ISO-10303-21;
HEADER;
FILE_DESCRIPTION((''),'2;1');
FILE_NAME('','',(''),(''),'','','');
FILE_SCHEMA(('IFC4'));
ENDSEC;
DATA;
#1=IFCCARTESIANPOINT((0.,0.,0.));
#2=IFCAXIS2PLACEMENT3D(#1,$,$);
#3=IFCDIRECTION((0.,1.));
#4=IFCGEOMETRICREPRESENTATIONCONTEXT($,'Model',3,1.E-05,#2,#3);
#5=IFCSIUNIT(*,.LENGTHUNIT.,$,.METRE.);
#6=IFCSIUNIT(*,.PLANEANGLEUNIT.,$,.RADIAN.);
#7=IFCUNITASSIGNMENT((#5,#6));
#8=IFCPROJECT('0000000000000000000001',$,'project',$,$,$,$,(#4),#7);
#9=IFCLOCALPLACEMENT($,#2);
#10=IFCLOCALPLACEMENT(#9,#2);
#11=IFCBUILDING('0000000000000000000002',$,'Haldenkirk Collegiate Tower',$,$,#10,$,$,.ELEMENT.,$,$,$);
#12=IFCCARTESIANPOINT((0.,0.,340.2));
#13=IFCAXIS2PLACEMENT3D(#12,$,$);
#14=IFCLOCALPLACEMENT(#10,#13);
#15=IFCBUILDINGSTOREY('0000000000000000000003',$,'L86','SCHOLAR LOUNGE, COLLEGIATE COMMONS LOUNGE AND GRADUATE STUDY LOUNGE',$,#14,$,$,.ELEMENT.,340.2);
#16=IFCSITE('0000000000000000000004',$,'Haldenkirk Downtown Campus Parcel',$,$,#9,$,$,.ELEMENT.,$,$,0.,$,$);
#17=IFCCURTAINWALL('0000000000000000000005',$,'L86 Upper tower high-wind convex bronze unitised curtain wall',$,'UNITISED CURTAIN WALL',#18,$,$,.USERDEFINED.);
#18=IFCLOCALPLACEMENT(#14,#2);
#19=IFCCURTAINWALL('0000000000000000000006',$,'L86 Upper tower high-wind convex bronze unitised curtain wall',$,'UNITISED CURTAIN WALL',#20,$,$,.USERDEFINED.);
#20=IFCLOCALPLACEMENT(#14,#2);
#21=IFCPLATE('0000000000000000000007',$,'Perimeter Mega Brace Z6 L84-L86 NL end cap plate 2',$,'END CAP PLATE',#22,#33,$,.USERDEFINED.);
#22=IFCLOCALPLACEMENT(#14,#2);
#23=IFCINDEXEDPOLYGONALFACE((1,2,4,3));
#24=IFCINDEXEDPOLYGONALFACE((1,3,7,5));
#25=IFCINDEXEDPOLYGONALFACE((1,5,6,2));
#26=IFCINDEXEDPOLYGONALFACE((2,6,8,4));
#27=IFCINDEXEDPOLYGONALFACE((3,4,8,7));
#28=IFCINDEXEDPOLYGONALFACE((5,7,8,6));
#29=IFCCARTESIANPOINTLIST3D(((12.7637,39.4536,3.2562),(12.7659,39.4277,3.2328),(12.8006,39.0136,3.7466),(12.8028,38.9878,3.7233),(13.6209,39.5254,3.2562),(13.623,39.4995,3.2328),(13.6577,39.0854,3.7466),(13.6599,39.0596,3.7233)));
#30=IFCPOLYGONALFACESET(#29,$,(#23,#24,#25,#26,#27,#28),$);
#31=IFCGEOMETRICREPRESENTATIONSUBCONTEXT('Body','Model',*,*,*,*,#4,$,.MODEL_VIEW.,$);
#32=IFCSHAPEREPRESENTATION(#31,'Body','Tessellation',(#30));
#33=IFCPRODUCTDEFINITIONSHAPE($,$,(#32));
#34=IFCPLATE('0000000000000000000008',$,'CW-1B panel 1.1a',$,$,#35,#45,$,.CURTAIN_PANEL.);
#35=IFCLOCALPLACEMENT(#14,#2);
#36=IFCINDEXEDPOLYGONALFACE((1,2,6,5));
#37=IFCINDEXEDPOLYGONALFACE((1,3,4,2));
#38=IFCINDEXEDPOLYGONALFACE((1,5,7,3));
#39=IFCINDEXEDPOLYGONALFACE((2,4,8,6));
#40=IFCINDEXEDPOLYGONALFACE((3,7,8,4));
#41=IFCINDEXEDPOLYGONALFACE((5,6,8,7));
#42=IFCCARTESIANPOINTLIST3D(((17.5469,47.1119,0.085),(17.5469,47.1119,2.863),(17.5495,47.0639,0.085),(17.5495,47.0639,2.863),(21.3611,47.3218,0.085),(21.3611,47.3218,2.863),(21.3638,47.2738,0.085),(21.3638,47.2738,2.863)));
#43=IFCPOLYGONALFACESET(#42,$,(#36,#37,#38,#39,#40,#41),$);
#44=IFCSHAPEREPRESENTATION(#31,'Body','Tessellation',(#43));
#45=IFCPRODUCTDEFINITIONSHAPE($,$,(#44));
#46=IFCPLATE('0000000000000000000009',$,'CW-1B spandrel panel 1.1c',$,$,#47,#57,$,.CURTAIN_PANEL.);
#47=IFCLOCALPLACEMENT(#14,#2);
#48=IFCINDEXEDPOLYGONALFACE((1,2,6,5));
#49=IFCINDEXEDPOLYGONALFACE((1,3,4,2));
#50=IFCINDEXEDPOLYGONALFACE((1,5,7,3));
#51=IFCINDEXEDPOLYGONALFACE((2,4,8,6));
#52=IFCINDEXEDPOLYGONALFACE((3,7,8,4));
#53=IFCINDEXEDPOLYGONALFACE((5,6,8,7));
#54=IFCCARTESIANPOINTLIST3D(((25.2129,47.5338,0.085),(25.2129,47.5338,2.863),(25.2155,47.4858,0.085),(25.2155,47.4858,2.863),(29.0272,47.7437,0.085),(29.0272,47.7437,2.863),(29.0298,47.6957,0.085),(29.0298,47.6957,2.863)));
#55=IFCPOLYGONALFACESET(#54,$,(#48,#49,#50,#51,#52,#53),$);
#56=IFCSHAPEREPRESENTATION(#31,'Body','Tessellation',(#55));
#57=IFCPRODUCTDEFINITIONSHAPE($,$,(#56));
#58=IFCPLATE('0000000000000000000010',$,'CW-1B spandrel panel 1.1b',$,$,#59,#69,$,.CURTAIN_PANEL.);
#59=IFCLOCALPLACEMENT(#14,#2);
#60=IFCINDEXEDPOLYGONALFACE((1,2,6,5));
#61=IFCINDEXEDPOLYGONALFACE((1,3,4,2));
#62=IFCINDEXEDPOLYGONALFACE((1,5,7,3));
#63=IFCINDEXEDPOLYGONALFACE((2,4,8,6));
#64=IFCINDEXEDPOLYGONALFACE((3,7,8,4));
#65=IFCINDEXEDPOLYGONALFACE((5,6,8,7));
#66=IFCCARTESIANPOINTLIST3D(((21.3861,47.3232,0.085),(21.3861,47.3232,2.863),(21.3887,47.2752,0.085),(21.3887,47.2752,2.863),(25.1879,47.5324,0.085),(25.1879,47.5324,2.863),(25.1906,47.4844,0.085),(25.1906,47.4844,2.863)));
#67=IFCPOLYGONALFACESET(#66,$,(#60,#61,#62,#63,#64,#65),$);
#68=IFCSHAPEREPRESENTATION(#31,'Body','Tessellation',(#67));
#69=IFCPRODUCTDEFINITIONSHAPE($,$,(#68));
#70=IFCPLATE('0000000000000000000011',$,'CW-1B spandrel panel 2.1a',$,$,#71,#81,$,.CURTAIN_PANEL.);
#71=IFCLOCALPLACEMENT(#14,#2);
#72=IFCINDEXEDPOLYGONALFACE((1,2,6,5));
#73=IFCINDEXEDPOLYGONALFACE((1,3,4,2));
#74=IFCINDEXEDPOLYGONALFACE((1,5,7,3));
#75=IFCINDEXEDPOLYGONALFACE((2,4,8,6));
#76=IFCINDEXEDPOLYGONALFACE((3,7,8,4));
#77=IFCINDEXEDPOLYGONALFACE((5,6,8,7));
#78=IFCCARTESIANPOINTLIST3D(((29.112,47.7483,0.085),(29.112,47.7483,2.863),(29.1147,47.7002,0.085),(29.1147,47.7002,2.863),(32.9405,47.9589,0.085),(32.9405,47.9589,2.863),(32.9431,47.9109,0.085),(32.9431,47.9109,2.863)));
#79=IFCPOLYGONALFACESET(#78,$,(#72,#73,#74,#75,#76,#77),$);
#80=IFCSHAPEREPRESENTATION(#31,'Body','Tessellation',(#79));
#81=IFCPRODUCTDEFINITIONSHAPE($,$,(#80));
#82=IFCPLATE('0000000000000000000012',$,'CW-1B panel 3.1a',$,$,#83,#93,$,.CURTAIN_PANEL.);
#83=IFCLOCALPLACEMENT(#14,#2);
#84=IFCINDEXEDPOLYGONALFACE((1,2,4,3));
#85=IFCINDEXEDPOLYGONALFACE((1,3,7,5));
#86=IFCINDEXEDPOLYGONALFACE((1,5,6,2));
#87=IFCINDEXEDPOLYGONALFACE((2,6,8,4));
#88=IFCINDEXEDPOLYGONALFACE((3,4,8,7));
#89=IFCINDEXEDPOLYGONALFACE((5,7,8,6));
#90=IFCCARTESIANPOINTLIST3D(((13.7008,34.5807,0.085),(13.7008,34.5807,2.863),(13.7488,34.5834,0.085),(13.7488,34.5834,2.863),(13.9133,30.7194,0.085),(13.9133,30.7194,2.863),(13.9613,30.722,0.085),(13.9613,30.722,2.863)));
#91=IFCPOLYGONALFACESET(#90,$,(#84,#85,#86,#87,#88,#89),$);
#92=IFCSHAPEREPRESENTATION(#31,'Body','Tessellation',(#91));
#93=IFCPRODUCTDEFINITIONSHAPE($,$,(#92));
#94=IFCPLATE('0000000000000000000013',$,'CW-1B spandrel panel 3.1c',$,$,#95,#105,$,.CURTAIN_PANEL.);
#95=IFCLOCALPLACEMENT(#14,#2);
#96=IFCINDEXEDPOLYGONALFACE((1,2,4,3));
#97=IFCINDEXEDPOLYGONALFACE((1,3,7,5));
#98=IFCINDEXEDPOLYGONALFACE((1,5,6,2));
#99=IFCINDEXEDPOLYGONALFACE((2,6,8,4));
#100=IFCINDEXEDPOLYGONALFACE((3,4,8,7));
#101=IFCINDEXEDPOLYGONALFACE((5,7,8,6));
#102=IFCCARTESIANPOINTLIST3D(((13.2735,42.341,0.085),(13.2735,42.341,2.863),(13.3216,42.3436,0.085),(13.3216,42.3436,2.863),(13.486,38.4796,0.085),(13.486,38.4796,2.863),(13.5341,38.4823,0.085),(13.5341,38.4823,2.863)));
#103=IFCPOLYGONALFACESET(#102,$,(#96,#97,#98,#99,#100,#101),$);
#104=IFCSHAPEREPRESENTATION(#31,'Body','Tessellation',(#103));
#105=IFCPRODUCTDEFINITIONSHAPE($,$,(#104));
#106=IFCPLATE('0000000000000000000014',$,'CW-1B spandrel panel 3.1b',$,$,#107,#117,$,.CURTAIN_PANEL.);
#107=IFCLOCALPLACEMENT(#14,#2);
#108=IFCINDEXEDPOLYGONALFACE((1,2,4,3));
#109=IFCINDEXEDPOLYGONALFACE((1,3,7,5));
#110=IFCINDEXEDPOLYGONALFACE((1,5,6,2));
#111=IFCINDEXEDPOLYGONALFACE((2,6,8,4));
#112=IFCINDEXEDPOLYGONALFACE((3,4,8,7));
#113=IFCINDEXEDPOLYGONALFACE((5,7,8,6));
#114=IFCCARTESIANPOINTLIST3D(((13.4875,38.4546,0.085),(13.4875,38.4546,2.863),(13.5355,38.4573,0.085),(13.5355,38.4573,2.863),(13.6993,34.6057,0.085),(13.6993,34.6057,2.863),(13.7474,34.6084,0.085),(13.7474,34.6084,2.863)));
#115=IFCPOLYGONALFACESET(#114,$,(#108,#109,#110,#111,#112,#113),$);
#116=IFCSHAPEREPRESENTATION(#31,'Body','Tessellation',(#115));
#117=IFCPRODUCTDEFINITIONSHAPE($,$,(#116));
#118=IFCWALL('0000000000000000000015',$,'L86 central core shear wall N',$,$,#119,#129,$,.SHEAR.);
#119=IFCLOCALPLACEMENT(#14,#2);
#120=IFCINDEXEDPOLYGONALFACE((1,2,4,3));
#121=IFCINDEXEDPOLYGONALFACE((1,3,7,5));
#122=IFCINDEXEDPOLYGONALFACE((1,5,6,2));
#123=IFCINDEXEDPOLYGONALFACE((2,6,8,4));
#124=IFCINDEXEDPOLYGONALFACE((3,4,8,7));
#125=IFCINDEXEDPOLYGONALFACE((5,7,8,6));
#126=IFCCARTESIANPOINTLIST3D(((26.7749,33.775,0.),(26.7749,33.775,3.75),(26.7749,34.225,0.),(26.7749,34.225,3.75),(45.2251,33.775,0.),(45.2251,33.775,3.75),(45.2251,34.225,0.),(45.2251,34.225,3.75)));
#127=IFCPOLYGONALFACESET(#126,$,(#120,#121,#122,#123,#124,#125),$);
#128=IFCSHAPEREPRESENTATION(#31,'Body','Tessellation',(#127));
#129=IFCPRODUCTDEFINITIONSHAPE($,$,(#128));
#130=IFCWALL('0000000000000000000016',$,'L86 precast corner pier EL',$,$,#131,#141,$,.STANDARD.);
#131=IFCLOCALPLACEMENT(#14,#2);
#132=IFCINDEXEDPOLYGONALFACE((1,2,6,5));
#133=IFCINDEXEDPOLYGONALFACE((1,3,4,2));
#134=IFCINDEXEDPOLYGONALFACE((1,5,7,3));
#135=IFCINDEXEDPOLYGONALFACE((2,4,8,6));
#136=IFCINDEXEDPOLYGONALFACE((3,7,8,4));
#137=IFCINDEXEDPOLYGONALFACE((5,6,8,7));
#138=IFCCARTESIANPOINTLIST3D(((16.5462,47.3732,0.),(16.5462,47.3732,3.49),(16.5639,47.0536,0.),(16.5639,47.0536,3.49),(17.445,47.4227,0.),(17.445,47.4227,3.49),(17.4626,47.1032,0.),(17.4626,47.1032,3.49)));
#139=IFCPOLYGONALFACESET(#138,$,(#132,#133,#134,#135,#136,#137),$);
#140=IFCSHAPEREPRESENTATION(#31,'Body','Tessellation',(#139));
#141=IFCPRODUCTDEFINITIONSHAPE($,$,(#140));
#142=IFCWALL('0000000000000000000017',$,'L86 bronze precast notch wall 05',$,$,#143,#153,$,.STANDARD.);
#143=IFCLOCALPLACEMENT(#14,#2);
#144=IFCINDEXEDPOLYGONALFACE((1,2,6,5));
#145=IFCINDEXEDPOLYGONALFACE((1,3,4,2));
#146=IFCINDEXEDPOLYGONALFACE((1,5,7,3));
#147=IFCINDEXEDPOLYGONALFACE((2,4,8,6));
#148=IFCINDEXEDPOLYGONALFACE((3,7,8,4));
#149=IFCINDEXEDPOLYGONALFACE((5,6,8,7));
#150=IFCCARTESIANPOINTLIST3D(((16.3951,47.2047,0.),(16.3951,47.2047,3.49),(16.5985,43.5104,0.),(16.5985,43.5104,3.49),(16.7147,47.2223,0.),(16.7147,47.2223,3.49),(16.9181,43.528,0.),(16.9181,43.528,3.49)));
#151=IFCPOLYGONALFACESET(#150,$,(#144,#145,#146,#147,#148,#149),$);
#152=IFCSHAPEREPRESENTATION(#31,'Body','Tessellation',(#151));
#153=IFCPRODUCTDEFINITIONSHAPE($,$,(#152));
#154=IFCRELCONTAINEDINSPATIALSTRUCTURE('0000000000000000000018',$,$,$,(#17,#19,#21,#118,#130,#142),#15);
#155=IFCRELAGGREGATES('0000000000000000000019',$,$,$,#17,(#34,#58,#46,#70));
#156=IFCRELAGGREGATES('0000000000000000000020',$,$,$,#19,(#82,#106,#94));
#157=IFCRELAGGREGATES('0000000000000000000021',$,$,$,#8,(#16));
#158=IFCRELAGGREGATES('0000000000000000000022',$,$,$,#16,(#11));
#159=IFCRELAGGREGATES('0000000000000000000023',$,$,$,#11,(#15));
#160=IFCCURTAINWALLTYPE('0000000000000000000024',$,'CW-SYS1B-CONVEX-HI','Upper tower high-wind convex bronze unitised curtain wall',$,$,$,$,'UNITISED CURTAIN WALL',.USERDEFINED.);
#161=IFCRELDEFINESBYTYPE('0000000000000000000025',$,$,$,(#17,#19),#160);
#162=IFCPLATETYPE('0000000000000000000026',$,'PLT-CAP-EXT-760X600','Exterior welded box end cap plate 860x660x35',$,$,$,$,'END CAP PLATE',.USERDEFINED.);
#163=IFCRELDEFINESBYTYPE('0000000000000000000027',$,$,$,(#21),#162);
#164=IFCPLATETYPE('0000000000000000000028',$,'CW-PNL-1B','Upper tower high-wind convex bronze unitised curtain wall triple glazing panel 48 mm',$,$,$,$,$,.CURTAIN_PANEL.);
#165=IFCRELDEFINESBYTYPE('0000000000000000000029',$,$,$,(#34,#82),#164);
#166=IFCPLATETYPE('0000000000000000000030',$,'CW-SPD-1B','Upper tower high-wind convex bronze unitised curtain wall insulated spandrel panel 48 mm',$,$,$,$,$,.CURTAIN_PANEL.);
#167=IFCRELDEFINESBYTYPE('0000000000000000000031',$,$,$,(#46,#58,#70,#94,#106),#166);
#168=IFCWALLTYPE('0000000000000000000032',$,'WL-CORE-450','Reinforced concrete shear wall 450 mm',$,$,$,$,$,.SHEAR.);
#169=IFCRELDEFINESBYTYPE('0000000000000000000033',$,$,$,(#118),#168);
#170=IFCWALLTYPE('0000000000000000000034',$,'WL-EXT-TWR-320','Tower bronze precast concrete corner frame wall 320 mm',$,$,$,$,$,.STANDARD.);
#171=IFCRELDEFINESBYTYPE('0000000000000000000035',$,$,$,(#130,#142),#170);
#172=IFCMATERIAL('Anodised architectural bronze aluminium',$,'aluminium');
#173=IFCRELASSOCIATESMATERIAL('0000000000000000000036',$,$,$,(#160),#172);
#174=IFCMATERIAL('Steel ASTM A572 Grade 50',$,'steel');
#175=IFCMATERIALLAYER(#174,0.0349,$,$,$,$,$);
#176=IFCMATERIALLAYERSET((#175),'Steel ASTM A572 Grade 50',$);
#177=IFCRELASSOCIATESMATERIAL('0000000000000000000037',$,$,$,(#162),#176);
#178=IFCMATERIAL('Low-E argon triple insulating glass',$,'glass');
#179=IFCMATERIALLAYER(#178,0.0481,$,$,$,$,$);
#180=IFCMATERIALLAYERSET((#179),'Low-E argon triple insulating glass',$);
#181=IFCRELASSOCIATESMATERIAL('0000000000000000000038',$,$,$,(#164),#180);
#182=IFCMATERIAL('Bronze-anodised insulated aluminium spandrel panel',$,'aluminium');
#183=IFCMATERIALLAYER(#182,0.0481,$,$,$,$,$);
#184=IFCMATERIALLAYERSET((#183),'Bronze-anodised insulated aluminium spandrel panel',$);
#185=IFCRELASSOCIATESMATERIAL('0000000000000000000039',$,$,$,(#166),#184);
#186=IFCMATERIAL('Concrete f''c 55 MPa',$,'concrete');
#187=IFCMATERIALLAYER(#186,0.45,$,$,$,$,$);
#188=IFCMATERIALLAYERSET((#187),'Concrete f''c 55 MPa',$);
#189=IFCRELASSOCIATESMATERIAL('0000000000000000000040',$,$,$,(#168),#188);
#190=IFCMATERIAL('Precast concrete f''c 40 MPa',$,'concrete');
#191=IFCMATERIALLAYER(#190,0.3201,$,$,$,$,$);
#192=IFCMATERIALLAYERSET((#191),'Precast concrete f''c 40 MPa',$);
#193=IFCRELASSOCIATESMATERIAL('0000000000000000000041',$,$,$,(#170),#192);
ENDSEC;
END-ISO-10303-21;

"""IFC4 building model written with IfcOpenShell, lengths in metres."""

from ifc_helpers import new_model, si_unit, direction, frame, frame_2d, origin, origin_2d, place, context, subcontext, project, spatial, rectangle, extrude, source, transform, mapped, material, layer, layer_set, type_object, element, aggregate, save


model = new_model("IFC4")

# Units and contexts
model_context = context("Model", 3, precision=1e-05, world=origin(), true_north=direction((0.0, 1.0)))
body_context = subcontext(model_context, "Body", "Model", "MODEL_VIEW")
ifc_project = project(units=[si_unit("LENGTHUNIT", "METRE"), si_unit("PLANEANGLEUNIT", "RADIAN")], contexts=[model_context])

# Site, building, storey
site_placement = place(None, origin())
site = spatial("IfcSite", under=ifc_project, at=site_placement, Name="Haldenkirk Downtown Campus Parcel", CompositionType="ELEMENT", RefElevation=0.0)
building_placement = place(site_placement, origin())
building = spatial("IfcBuilding", under=site, at=building_placement, Name="Haldenkirk Collegiate Tower", CompositionType="ELEMENT")
storey_placement = place(building_placement, frame((0.0, 0.0, 340.2)))
storey = spatial("IfcBuildingStorey", under=building, at=storey_placement, Name="L86", Description="SCHOLAR LOUNGE, COLLEGIATE COMMONS LOUNGE AND GRADUATE STUDY LOUNGE", CompositionType="ELEMENT", Elevation=340.2)

# Shared definitions
ifc_material_1 = material(Name="Steel ASTM A572 Grade 50", Category="steel")

# Curtain wall
ifc_material_2 = material(Name="Anodised architectural bronze aluminium", Category="aluminium")
curtain_wall_type = type_object("IfcCurtainWallType", Name="CW-SYS1B-CONVEX-HI", Description="Upper tower high-wind convex bronze unitised curtain wall", ElementType="UNITISED CURTAIN WALL", PredefinedType="USERDEFINED", material=ifc_material_2)
curtain_wall_1_placement = place(storey_placement, origin())
curtain_wall_1 = element("IfcCurtainWall", 1, at=curtain_wall_1_placement, inside=storey, type_object=curtain_wall_type, Name="L86 Upper tower high-wind convex bronze unitised curtain wall", ObjectType="UNITISED CURTAIN WALL", PredefinedType="USERDEFINED")

# Curtain wall
curtain_wall_2_placement = place(storey_placement, origin())
curtain_wall_2 = element("IfcCurtainWall", 2, at=curtain_wall_2_placement, inside=storey, type_object=curtain_wall_type, Name="L86 Upper tower high-wind convex bronze unitised curtain wall", ObjectType="UNITISED CURTAIN WALL", PredefinedType="USERDEFINED")

# Plate
ifc_layer_1 = layer(ifc_material_1, 0.0349)
ifc_layer_set_1 = layer_set([ifc_layer_1], Name="Steel ASTM A572 Grade 50")
plate_type_1 = type_object("IfcPlateType", Name="PLT-CAP-EXT-760X600", Description="Exterior welded box end cap plate 860x660x35", ElementType="END CAP PLATE", PredefinedType="USERDEFINED", material=ifc_layer_set_1)
shared_shape_1 = source(origin(), body_context, "Body", "SweptSolid", [
    extrude(rectangle(XDim=0.8601, YDim=0.6599, at=origin_2d()), origin(), (0.0, 0.0, 1.0), 0.0349),
])
for number, where, z_axis, x_axis, name in (
    (3, (13.2129, 39.2437, 3.478), (-0.062034, 0.740626, 0.669047), (-0.996511, -0.083467, 0.0), "Perimeter Mega Brace Z6 L84-L86 NL end cap plate 2"),
):
    element("IfcPlate", number, at=place(storey_placement, frame(where, z_axis=z_axis, x_axis=x_axis)), inside=storey, type_object=plate_type_1, Name=name, ObjectType="END CAP PLATE", PredefinedType="USERDEFINED", context=body_context, shape_type="MappedRepresentation", body=[
        mapped(shared_shape_1, transform((0.0, 0.0, 0.0), x_axis=(1.0, 0.0, 0.0), y_axis=(0.0, 1.0, 0.0), z_axis=(0.0, 0.0, 1.0), scale=1.0)),
    ])

# Plates
ifc_material_3 = material(Name="Low-E argon triple insulating glass", Category="glass")
ifc_layer_2 = layer(ifc_material_3, 0.0481)
ifc_layer_set_2 = layer_set([ifc_layer_2], Name="Low-E argon triple insulating glass")
plate_type_2 = type_object("IfcPlateType", Name="CW-PNL-1B", Description="Upper tower high-wind convex bronze unitised curtain wall triple glazing panel 48 mm", PredefinedType="CURTAIN_PANEL", material=ifc_layer_set_2)
shared_shape_2 = source(origin(), body_context, "Body", "SweptSolid", [
    extrude(rectangle(XDim=3.8201, YDim=0.0481, at=origin_2d()), origin(), (0.0, 0.0, 1.0), 2.7781),
])
plate_1_placement = place(storey_placement, frame((19.4553, 47.1929, 0.085), z_axis=(0.0, 0.0, 1.0), x_axis=(0.998489, 0.054948, 0.0)))
plate_1 = element("IfcPlate", 4, at=plate_1_placement, type_object=plate_type_2, Name="CW-1B panel 1.1a", PredefinedType="CURTAIN_PANEL", context=body_context, shape_type="MappedRepresentation", body=[
    mapped(shared_shape_2, transform((0.0, 0.0, 0.0), x_axis=(1.0, 0.0, 0.0), y_axis=(0.0, 1.0, 0.0), z_axis=(0.0, 0.0, 1.0), scale=1.0)),
])
ifc_material_4 = material(Name="Bronze-anodised insulated aluminium spandrel panel", Category="aluminium")
ifc_layer_3 = layer(ifc_material_4, 0.0481)
ifc_layer_set_3 = layer_set([ifc_layer_3], Name="Bronze-anodised insulated aluminium spandrel panel")
plate_type_3 = type_object("IfcPlateType", Name="CW-SPD-1B", Description="Upper tower high-wind convex bronze unitised curtain wall insulated spandrel panel 48 mm", PredefinedType="CURTAIN_PANEL", material=ifc_layer_set_3)
plate_2_placement = place(storey_placement, frame((27.1213, 47.6147, 0.085), z_axis=(0.0, 0.0, 1.0), x_axis=(0.998489, 0.054948, 0.0)))
plate_2 = element("IfcPlate", 5, at=plate_2_placement, type_object=plate_type_3, Name="CW-1B spandrel panel 1.1c", PredefinedType="CURTAIN_PANEL", context=body_context, shape_type="MappedRepresentation", body=[
    mapped(shared_shape_2, transform((0.0, 0.0, 0.0), x_axis=(1.0, 0.0, 0.0), y_axis=(0.0, 1.0, 0.0), z_axis=(0.0, 0.0, 1.0), scale=1.0)),
])
shared_shape_3 = source(origin(), body_context, "Body", "SweptSolid", [
    extrude(rectangle(XDim=3.8076, YDim=0.0481, at=origin_2d()), origin(), (0.0, 0.0, 1.0), 2.7781),
])
plate_3_placement = place(storey_placement, frame((23.2883, 47.4038, 0.085), z_axis=(0.0, 0.0, 1.0), x_axis=(0.998489, 0.054948, 0.0)))
plate_3 = element("IfcPlate", 6, at=plate_3_placement, type_object=plate_type_3, Name="CW-1B spandrel panel 1.1b", PredefinedType="CURTAIN_PANEL", context=body_context, shape_type="MappedRepresentation", body=[
    mapped(shared_shape_3, transform((0.0, 0.0, 0.0), x_axis=(1.0, 0.0, 0.0), y_axis=(0.0, 1.0, 0.0), z_axis=(0.0, 0.0, 1.0), scale=1.0)),
])
shared_shape_4 = source(origin(), body_context, "Body", "SweptSolid", [
    extrude(rectangle(XDim=3.8342, YDim=0.0481, at=origin_2d()), origin(), (0.0, 0.0, 1.0), 2.7781),
])
plate_4_placement = place(storey_placement, frame((31.0276, 47.8296, 0.085), z_axis=(0.0, 0.0, 1.0), x_axis=(0.998489, 0.054948, 0.0)))
plate_4 = element("IfcPlate", 7, at=plate_4_placement, type_object=plate_type_3, Name="CW-1B spandrel panel 2.1a", PredefinedType="CURTAIN_PANEL", context=body_context, shape_type="MappedRepresentation", body=[
    mapped(shared_shape_4, transform((0.0, 0.0, 0.0), x_axis=(1.0, 0.0, 0.0), y_axis=(0.0, 1.0, 0.0), z_axis=(0.0, 0.0, 1.0), scale=1.0)),
])
aggregate(curtain_wall_1, [plate_1, plate_3, plate_2, plate_4])
shared_shape_5 = source(origin(), body_context, "Body", "SweptSolid", [
    extrude(rectangle(XDim=3.8672, YDim=0.0481, at=origin_2d()), origin(), (0.0, 0.0, 1.0), 2.7781),
])
plate_5_placement = place(storey_placement, frame((13.8311, 32.6514, 0.085), z_axis=(0.0, 0.0, 1.0), x_axis=(-0.054949, 0.998489, 0.0)))
plate_5 = element("IfcPlate", 8, at=plate_5_placement, type_object=plate_type_2, Name="CW-1B panel 3.1a", PredefinedType="CURTAIN_PANEL", context=body_context, shape_type="MappedRepresentation", body=[
    mapped(shared_shape_5, transform((0.0, 0.0, 0.0), x_axis=(1.0, 0.0, 0.0), y_axis=(0.0, 1.0, 0.0), z_axis=(0.0, 0.0, 1.0), scale=1.0)),
])
plate_6_placement = place(storey_placement, frame((13.4038, 40.4116, 0.085), z_axis=(0.0, 0.0, 1.0), x_axis=(-0.054949, 0.998489, 0.0)))
plate_6 = element("IfcPlate", 9, at=plate_6_placement, type_object=plate_type_3, Name="CW-1B spandrel panel 3.1c", PredefinedType="CURTAIN_PANEL", context=body_context, shape_type="MappedRepresentation", body=[
    mapped(shared_shape_5, transform((0.0, 0.0, 0.0), x_axis=(1.0, 0.0, 0.0), y_axis=(0.0, 1.0, 0.0), z_axis=(0.0, 0.0, 1.0), scale=1.0)),
])
shared_shape_6 = source(origin(), body_context, "Body", "SweptSolid", [
    extrude(rectangle(XDim=3.8547, YDim=0.0481, at=origin_2d()), origin(), (0.0, 0.0, 1.0), 2.7781),
])
plate_7_placement = place(storey_placement, frame((13.6174, 36.5315, 0.085), z_axis=(0.0, 0.0, 1.0), x_axis=(-0.054949, 0.998489, 0.0)))
plate_7 = element("IfcPlate", 10, at=plate_7_placement, type_object=plate_type_3, Name="CW-1B spandrel panel 3.1b", PredefinedType="CURTAIN_PANEL", context=body_context, shape_type="MappedRepresentation", body=[
    mapped(shared_shape_6, transform((0.0, 0.0, 0.0), x_axis=(1.0, 0.0, 0.0), y_axis=(0.0, 1.0, 0.0), z_axis=(0.0, 0.0, 1.0), scale=1.0)),
])
aggregate(curtain_wall_2, [plate_5, plate_7, plate_6])

# Walls
ifc_material_5 = material(Name="Concrete f'c 55 MPa", Category="concrete")
ifc_layer_4 = layer(ifc_material_5, 0.45)
ifc_layer_set_4 = layer_set([ifc_layer_4], Name="Concrete f'c 55 MPa")
wall_type_1 = type_object("IfcWallType", Name="WL-CORE-450", Description="Reinforced concrete shear wall 450 mm", PredefinedType="SHEAR", material=ifc_layer_set_4)
wall_1_placement = place(storey_placement, frame((26.7749, 34.0, 0.0), z_axis=(0.0, 0.0, 1.0), x_axis=(1.0, 0.0, 0.0)))
element("IfcWall", 11, at=wall_1_placement, inside=storey, type_object=wall_type_1, Name="L86 central core shear wall N", PredefinedType="SHEAR", context=body_context, shape_type="SweptSolid", body=[
    extrude(rectangle(XDim=18.4502, YDim=0.45, at=frame_2d((9.2251, 0.0))), origin(), (0.0, 0.0, 1.0), 3.75),
])
ifc_material_6 = material(Name="Precast concrete f'c 40 MPa", Category="concrete")
ifc_layer_5 = layer(ifc_material_6, 0.3201)
ifc_layer_set_5 = layer_set([ifc_layer_5], Name="Precast concrete f'c 40 MPa")
wall_type_2 = type_object("IfcWallType", Name="WL-EXT-TWR-320", Description="Tower bronze precast concrete corner frame wall 320 mm", PredefinedType="STANDARD", material=ifc_layer_set_5)
wall_2_placement = place(storey_placement, frame((16.5549, 47.2134, 0.0), z_axis=(0.0, 0.0, 1.0), x_axis=(0.998483, 0.055064, 0.0)))
element("IfcWall", 12, at=wall_2_placement, inside=storey, type_object=wall_type_2, Name="L86 precast corner pier EL", PredefinedType="STANDARD", context=body_context, shape_type="SweptSolid", body=[
    extrude(rectangle(XDim=0.9001, YDim=0.3201, at=frame_2d((0.4502, 0.0))), origin(), (0.0, 0.0, 1.0), 3.49),
])
wall_3_placement = place(storey_placement, frame((16.7583, 43.519, 0.0), z_axis=(0.0, 0.0, 1.0), x_axis=(-0.054966, 0.998488, 0.0)))
element("IfcWall", 13, at=wall_3_placement, inside=storey, type_object=wall_type_2, Name="L86 bronze precast notch wall 05", PredefinedType="STANDARD", context=body_context, shape_type="SweptSolid", body=[
    extrude(rectangle(XDim=3.7, YDim=0.3201, at=frame_2d((1.8501, 0.0))), origin(), (0.0, 0.0, 1.0), 3.49),
])

save(model, "model.ifc")
